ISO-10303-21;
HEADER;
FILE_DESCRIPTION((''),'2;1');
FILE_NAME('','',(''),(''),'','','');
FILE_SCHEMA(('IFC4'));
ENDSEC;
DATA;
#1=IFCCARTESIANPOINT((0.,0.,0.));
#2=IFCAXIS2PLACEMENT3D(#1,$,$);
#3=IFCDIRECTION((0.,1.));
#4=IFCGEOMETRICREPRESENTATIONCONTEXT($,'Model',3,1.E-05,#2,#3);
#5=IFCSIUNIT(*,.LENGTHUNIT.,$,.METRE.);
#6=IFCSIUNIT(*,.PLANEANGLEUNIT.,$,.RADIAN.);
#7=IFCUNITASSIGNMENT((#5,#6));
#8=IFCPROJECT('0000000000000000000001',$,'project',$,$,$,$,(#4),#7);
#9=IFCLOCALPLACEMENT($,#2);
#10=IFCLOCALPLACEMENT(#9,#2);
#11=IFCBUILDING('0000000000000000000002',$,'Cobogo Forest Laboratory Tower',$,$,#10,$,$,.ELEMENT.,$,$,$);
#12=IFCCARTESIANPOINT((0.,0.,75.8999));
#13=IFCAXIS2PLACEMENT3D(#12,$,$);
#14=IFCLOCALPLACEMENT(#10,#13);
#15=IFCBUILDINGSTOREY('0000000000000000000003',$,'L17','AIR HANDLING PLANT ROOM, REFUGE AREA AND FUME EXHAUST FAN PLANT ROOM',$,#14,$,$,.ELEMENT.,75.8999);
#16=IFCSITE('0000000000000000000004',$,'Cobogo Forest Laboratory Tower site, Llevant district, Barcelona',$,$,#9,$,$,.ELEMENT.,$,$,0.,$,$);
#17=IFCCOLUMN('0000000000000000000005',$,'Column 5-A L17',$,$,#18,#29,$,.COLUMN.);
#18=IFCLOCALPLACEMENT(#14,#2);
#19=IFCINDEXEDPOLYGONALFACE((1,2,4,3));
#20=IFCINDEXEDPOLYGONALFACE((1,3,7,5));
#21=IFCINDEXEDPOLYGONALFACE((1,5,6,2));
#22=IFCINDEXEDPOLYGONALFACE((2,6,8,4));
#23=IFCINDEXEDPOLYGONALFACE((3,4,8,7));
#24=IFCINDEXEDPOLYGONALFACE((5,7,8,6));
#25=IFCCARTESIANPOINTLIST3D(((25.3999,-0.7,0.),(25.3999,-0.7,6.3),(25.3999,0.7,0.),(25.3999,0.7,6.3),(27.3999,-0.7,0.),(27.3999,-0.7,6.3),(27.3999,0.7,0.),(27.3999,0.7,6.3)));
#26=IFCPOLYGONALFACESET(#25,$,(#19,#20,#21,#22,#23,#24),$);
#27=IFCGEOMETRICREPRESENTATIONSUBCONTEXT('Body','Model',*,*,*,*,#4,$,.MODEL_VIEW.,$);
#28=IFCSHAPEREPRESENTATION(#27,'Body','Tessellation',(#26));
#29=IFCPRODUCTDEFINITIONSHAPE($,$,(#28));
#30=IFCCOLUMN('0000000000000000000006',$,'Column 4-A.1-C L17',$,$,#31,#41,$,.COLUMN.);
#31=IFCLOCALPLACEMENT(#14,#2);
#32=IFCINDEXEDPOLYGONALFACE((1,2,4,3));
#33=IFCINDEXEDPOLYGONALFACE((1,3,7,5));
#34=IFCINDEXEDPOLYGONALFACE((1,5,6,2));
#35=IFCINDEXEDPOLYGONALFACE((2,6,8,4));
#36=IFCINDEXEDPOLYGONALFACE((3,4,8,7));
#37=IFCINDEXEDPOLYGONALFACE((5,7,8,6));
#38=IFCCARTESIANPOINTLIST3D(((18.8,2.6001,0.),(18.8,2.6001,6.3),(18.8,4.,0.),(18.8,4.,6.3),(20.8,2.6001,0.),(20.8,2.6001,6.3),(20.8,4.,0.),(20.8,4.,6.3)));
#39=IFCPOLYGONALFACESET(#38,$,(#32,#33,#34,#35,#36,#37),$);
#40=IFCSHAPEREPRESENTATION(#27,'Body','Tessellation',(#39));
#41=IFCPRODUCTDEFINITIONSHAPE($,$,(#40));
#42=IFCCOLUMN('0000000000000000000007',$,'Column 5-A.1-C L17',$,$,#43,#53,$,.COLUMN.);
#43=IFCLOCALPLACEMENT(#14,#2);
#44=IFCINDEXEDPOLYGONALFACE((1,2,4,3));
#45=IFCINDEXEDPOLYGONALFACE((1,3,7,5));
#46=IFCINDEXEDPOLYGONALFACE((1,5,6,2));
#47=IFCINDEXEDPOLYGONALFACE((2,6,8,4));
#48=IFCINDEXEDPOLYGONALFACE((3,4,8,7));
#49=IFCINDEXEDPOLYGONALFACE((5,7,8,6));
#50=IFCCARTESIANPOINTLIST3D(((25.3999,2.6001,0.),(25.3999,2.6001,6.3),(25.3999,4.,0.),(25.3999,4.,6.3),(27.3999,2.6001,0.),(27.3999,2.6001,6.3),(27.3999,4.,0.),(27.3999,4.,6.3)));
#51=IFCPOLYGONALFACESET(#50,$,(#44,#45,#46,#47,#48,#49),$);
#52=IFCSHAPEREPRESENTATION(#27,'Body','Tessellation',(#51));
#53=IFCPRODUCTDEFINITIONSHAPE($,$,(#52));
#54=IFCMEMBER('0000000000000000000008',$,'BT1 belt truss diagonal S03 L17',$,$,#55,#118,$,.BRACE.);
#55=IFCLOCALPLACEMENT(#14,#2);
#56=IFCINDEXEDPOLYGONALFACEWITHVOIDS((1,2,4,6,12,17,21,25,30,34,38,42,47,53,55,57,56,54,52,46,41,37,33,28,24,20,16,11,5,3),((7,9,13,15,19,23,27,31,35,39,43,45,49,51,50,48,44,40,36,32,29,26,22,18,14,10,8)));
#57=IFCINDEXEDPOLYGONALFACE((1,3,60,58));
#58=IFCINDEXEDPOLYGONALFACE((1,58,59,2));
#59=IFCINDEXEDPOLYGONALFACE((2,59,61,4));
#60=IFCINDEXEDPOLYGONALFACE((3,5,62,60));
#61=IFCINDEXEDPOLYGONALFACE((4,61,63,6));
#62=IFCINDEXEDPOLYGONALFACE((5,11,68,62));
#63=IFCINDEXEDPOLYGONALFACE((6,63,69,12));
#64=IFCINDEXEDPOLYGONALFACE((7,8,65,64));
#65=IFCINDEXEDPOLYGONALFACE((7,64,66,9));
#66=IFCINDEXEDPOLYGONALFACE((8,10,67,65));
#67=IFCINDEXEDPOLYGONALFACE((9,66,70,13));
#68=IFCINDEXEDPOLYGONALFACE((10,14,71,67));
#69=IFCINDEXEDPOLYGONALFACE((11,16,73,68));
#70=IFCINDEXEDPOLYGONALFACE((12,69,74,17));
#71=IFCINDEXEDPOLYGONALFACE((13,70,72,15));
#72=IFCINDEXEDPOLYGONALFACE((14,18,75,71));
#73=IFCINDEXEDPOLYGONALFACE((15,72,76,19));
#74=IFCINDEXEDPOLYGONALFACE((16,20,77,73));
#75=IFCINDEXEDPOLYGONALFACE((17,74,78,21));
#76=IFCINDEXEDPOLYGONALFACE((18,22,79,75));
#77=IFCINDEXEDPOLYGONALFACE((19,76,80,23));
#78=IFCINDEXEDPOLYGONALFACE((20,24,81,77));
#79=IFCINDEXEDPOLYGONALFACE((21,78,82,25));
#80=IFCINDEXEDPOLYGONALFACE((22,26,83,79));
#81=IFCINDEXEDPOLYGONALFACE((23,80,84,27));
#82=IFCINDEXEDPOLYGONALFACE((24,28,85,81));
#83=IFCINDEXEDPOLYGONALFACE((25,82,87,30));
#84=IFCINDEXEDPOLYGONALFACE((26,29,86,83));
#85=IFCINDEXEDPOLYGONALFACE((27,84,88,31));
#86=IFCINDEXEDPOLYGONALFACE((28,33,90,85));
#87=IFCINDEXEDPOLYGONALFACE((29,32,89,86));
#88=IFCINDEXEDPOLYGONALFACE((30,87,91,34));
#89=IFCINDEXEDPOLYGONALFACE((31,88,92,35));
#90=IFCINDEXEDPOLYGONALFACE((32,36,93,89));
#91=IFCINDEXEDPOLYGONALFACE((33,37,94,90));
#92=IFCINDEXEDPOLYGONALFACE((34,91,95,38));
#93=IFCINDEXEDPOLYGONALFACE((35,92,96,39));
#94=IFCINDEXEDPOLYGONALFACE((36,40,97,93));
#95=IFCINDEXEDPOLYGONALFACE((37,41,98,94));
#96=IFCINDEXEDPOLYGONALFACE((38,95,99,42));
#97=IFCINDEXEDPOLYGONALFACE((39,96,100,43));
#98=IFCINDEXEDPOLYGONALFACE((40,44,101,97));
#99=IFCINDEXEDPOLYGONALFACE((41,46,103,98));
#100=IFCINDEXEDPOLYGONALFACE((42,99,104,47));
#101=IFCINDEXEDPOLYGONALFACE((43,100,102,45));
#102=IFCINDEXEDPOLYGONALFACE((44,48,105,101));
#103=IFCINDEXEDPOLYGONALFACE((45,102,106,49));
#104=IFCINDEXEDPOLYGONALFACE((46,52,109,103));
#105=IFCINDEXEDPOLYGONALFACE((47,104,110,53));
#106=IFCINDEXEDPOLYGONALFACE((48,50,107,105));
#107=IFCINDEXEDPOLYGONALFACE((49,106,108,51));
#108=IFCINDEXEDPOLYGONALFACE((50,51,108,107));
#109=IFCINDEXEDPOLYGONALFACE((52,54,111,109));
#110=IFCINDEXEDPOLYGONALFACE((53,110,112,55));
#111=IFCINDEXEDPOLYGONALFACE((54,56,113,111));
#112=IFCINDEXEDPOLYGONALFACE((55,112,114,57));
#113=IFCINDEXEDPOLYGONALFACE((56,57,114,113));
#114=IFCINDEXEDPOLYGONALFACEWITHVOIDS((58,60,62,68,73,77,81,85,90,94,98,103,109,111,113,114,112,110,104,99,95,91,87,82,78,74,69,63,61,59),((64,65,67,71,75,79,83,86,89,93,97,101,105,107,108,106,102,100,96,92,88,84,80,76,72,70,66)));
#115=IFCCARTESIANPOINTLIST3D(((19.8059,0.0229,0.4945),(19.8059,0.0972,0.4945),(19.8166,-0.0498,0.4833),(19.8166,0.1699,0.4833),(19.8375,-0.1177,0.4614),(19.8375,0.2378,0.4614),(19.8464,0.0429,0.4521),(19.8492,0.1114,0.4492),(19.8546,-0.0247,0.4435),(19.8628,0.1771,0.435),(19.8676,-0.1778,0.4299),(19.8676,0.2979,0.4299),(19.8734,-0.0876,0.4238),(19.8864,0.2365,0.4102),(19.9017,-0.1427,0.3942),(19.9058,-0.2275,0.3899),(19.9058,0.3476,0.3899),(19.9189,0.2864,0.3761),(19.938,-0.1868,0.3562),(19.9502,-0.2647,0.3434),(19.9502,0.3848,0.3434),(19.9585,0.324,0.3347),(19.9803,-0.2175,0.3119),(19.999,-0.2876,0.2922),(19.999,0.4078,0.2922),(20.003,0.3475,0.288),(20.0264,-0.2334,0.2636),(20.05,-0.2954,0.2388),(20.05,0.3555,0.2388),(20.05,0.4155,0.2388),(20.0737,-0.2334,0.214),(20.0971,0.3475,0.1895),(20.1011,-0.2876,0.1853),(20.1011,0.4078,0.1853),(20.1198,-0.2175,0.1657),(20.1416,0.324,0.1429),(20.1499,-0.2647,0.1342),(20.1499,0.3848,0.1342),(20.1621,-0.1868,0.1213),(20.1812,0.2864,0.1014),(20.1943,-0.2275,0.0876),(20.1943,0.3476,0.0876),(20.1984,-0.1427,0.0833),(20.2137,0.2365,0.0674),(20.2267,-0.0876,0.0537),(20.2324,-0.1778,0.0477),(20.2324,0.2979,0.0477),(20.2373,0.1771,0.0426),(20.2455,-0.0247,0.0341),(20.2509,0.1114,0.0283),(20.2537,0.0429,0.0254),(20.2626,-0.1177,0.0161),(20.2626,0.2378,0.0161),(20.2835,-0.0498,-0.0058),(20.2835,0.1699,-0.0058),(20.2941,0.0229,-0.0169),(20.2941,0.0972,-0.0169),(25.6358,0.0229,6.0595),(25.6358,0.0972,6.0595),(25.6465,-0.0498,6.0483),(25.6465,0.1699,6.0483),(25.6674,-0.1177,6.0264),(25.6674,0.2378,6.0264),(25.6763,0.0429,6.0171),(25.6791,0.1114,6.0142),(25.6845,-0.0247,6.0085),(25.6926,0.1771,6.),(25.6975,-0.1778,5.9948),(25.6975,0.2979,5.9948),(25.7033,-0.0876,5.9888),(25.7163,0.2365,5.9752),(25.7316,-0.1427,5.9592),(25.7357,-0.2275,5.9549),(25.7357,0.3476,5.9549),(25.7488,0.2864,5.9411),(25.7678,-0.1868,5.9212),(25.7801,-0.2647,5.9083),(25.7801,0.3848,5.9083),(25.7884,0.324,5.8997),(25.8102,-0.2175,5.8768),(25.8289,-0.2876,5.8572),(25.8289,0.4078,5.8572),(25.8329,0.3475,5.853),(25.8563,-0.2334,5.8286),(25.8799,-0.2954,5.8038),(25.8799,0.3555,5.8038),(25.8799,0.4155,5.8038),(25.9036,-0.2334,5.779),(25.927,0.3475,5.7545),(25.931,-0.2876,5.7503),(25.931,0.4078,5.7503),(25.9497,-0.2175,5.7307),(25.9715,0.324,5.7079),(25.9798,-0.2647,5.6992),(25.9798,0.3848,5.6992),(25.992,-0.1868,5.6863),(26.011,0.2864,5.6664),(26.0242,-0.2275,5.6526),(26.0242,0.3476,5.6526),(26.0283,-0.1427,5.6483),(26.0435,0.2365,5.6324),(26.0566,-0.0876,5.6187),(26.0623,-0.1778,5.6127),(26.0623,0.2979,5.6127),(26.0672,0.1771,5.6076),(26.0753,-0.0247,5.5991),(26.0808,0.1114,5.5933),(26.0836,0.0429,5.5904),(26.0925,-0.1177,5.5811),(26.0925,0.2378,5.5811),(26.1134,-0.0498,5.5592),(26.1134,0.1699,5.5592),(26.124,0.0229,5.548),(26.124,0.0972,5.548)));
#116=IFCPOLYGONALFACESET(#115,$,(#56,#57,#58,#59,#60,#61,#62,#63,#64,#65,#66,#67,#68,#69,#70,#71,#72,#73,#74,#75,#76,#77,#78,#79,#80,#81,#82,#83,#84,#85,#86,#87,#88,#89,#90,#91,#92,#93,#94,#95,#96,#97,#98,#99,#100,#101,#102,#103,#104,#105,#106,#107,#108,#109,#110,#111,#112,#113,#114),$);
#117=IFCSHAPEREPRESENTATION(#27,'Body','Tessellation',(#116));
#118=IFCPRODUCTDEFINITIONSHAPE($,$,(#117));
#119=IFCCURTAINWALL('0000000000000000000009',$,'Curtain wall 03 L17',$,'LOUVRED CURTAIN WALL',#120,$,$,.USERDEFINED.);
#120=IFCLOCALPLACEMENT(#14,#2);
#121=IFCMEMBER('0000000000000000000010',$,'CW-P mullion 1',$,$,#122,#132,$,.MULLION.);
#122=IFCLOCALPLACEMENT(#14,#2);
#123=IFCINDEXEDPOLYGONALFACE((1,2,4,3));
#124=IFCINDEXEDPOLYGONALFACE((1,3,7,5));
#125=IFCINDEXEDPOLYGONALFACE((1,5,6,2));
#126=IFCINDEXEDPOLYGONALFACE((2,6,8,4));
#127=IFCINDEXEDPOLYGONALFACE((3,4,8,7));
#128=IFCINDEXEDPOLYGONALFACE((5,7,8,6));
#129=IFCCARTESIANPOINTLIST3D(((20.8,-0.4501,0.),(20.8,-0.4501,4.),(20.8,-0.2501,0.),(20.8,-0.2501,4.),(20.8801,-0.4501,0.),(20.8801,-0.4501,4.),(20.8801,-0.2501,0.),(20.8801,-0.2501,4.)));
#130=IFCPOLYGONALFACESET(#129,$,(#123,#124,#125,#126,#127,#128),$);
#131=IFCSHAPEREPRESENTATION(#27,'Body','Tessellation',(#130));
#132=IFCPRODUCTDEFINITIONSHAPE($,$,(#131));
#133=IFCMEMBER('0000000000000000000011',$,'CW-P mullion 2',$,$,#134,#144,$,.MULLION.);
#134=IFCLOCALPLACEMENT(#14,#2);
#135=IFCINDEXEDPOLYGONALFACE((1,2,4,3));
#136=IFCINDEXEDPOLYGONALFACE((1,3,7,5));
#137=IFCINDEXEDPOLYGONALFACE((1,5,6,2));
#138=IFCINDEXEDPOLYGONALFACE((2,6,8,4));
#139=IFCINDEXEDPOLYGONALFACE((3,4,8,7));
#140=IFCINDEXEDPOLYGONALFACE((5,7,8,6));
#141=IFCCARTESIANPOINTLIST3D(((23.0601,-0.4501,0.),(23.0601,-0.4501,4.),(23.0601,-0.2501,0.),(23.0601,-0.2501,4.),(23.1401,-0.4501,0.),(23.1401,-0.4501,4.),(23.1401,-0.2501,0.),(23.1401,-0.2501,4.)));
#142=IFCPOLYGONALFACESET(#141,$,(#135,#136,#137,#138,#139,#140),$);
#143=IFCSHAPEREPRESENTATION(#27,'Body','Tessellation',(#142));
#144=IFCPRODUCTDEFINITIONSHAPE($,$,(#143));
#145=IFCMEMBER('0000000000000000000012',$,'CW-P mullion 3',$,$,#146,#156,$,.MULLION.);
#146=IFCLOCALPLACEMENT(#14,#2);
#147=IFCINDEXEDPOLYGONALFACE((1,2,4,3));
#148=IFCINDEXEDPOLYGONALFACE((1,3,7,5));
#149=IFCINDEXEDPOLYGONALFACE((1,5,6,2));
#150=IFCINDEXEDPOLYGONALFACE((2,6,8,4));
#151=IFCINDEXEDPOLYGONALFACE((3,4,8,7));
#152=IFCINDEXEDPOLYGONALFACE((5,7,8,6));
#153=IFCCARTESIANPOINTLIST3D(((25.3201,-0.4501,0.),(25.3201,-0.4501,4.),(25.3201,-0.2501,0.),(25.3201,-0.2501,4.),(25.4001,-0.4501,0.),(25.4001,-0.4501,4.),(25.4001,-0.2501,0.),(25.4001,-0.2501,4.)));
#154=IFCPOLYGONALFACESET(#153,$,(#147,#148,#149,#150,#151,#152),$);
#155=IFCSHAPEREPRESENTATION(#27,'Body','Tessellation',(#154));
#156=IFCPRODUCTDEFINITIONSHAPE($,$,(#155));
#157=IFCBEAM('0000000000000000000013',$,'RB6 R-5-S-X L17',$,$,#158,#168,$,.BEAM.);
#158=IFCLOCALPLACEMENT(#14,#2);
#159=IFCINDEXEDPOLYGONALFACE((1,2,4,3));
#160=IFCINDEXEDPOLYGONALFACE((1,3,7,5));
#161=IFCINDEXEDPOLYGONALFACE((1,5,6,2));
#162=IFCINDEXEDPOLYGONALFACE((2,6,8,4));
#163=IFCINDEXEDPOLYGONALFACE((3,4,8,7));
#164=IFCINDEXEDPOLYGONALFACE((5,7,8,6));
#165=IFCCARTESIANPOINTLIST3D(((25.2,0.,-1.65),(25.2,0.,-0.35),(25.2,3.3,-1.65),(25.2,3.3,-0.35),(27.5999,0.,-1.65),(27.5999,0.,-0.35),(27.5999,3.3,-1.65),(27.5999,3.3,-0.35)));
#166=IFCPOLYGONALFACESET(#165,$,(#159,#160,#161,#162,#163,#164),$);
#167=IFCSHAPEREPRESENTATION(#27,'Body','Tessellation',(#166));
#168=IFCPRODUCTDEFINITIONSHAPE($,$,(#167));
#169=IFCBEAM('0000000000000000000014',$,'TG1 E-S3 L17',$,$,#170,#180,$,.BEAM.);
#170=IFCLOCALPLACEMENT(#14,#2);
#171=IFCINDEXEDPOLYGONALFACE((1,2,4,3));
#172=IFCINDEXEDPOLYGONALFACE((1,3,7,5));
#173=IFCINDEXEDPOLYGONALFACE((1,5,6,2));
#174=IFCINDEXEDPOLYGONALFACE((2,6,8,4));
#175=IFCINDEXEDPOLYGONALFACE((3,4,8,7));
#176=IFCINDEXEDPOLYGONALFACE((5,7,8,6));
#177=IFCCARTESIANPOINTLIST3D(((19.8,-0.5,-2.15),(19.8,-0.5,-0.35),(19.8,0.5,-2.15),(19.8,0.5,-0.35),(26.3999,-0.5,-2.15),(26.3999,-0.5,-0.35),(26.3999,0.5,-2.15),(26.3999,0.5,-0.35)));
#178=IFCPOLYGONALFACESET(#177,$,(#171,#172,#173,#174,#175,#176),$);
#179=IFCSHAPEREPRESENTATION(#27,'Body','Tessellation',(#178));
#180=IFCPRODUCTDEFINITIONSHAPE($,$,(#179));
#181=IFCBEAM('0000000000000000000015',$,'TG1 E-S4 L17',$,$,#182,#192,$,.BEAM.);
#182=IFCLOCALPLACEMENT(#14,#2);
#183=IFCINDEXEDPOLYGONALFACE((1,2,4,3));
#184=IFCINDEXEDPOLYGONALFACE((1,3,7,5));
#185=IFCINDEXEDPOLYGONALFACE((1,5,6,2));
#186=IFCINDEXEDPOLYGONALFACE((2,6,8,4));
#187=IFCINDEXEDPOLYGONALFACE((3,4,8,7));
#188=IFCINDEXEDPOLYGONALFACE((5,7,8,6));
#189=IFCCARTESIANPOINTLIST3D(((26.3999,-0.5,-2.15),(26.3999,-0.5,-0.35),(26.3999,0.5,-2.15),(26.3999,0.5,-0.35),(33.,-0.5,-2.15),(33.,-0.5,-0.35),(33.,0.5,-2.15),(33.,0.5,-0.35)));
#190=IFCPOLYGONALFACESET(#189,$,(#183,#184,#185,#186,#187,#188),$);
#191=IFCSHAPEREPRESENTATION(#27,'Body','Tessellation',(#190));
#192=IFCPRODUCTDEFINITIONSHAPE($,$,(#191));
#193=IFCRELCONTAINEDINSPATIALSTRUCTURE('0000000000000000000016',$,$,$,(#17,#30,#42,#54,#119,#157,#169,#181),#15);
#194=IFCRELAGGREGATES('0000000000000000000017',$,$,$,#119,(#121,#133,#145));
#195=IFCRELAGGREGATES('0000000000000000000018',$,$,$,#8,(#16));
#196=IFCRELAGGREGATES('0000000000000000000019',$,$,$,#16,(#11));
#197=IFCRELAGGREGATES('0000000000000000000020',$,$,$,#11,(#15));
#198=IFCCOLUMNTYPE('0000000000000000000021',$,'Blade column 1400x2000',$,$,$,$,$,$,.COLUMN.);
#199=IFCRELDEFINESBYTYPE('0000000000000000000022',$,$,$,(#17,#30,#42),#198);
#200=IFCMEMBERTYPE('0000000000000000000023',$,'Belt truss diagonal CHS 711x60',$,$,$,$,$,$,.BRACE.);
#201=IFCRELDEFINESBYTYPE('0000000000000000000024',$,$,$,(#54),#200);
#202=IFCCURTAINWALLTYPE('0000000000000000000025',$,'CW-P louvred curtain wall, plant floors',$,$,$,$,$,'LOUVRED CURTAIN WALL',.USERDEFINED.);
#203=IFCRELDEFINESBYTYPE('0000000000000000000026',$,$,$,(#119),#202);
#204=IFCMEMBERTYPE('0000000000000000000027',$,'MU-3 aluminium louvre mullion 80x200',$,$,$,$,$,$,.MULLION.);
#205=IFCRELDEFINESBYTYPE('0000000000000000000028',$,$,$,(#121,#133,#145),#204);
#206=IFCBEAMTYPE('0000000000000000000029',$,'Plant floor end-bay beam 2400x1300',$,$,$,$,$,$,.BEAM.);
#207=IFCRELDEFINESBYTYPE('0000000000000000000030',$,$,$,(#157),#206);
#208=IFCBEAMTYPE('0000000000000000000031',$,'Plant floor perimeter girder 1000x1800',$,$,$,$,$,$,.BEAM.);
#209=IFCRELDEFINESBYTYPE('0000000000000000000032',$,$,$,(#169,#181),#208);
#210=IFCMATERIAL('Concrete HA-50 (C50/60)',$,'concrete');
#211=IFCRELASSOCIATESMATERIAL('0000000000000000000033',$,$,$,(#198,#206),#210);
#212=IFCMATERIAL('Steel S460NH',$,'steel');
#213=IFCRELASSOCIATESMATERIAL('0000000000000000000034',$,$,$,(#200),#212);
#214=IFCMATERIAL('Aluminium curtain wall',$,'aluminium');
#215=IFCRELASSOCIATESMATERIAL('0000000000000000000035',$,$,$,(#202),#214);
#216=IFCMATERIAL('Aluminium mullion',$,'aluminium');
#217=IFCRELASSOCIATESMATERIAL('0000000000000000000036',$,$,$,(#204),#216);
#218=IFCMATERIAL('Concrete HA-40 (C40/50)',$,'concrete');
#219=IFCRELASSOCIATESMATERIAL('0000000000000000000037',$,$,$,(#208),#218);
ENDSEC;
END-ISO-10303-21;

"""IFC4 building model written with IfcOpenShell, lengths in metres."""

from ifc_helpers import new_model, si_unit, direction, frame, origin, origin_2d, place, context, subcontext, project, spatial, rectangle, hollow_circle, extrude, material, material_profile, profile_set, type_object, element, aggregate, save


model = new_model("IFC4")

# Units and contexts
model_context = context("Model", 3, precision=1e-05, world=origin(), true_north=direction((0.0, 1.0)))
body_context = subcontext(model_context, "Body", "Model", "MODEL_VIEW")
ifc_project = project(units=[si_unit("LENGTHUNIT", "METRE"), si_unit("PLANEANGLEUNIT", "RADIAN")], contexts=[model_context])

# Site, building, storey
site_placement = place(None, origin())
site = spatial("IfcSite", under=ifc_project, at=site_placement, Name="Cobogo Forest Laboratory Tower site, Llevant district, Barcelona", CompositionType="ELEMENT", RefElevation=0.0)
building_placement = place(site_placement, origin())
building = spatial("IfcBuilding", under=site, at=building_placement, Name="Cobogo Forest Laboratory Tower", CompositionType="ELEMENT")
storey_placement = place(building_placement, frame((0.0, 0.0, 75.8999)))
storey = spatial("IfcBuildingStorey", under=building, at=storey_placement, Name="L17", Description="AIR HANDLING PLANT ROOM, REFUGE AREA AND FUME EXHAUST FAN PLANT ROOM", CompositionType="ELEMENT", Elevation=75.8999)

# Columns
ifc_material_1 = material(Name="Concrete HA-50 (C50/60)", Category="concrete")
ifc_material_profile_1 = material_profile(ifc_material_1, rectangle(XDim=2.0, YDim=1.3999, at=origin_2d()), Name="RC 1400x2000")
ifc_profile_set_1 = profile_set([ifc_material_profile_1], Name="Concrete HA-50 (C50/60)")
column_type = type_object("IfcColumnType", Name="Blade column 1400x2000", PredefinedType="COLUMN", material=ifc_profile_set_1)
for number, where, z_axis, x_axis, name in (
    (1, (26.3999, 0.0, 0.0), (0.0, 0.0, 1.0), (1.0, 0.0, 0.0), "Column 5-A L17"),
    (2, (19.8, 3.3, 0.0), (0.0, 0.0, 1.0), (1.0, 0.0, 0.0), "Column 4-A.1-C L17"),
    (3, (26.3999, 3.3, 0.0), (0.0, 0.0, 1.0), (1.0, 0.0, 0.0), "Column 5-A.1-C L17"),
):
    element("IfcColumn", number, at=place(storey_placement, frame(where, z_axis=z_axis, x_axis=x_axis)), inside=storey, type_object=column_type, Name=name, PredefinedType="COLUMN", context=body_context, shape_type="SweptSolid", body=[
        extrude(rectangle(XDim=2.0, YDim=1.3999, at=origin_2d()), origin(), (0.0, 0.0, 1.0), 6.3),
    ])

# Member
ifc_material_2 = material(Name="Steel S460NH", Category="steel")
ifc_material_profile_2 = material_profile(ifc_material_2, hollow_circle(Radius=0.3555, WallThickness=0.0601, at=origin_2d()), Name="CHS 711x60")
ifc_profile_set_2 = profile_set([ifc_material_profile_2], Name="Steel S460NH")
member_type_1 = type_object("IfcMemberType", Name="Belt truss diagonal CHS 711x60", PredefinedType="BRACE", material=ifc_profile_set_2)
member_1_placement = place(storey_placement, frame((20.05, 0.0601, 0.2388), z_axis=(0.723349, 0.0, 0.690482), x_axis=(0.0, 1.0, 0.0)))
element("IfcMember", 4, at=member_1_placement, inside=storey, type_object=member_type_1, Name="BT1 belt truss diagonal S03 L17", PredefinedType="BRACE", context=body_context, shape_type="SweptSolid", body=[
    extrude(hollow_circle(Radius=0.3555, WallThickness=0.0601, at=origin_2d()), origin(), (0.0, 0.0, 1.0), 8.0596),
])

# Curtain wall, members
ifc_material_3 = material(Name="Aluminium curtain wall", Category="aluminium")
curtain_wall_type = type_object("IfcCurtainWallType", Name="CW-P louvred curtain wall, plant floors", ElementType="LOUVRED CURTAIN WALL", PredefinedType="USERDEFINED", material=ifc_material_3)
curtain_wall_placement = place(storey_placement, origin())
curtain_wall = element("IfcCurtainWall", 5, at=curtain_wall_placement, inside=storey, type_object=curtain_wall_type, Name="Curtain wall 03 L17", ObjectType="LOUVRED CURTAIN WALL", PredefinedType="USERDEFINED")
ifc_material_4 = material(Name="Aluminium mullion", Category="aluminium")
ifc_material_profile_3 = material_profile(ifc_material_4, rectangle(XDim=0.0801, YDim=0.2, at=origin_2d()), Name="AL 80x200")
ifc_profile_set_3 = profile_set([ifc_material_profile_3], Name="Aluminium mullion")
member_type_2 = type_object("IfcMemberType", Name="MU-3 aluminium louvre mullion 80x200", PredefinedType="MULLION", material=ifc_profile_set_3)
member_2_placement = place(storey_placement, frame((20.8401, -0.3501, 0.0), z_axis=(0.0, 0.0, 1.0), x_axis=(1.0, 0.0, 0.0)))
member_2 = element("IfcMember", 6, at=member_2_placement, type_object=member_type_2, Name="CW-P mullion 1", PredefinedType="MULLION", context=body_context, shape_type="SweptSolid", body=[
    extrude(rectangle(XDim=0.0801, YDim=0.2, at=origin_2d()), origin(), (0.0, 0.0, 1.0), 4.0),
])
member_3_placement = place(storey_placement, frame((23.1001, -0.3501, 0.0), z_axis=(0.0, 0.0, 1.0), x_axis=(1.0, 0.0, 0.0)))
member_3 = element("IfcMember", 7, at=member_3_placement, type_object=member_type_2, Name="CW-P mullion 2", PredefinedType="MULLION", context=body_context, shape_type="SweptSolid", body=[
    extrude(rectangle(XDim=0.0801, YDim=0.2, at=origin_2d()), origin(), (0.0, 0.0, 1.0), 4.0),
])
member_4_placement = place(storey_placement, frame((25.3601, -0.3501, 0.0), z_axis=(0.0, 0.0, 1.0), x_axis=(1.0, 0.0, 0.0)))
member_4 = element("IfcMember", 8, at=member_4_placement, type_object=member_type_2, Name="CW-P mullion 3", PredefinedType="MULLION", context=body_context, shape_type="SweptSolid", body=[
    extrude(rectangle(XDim=0.0801, YDim=0.2, at=origin_2d()), origin(), (0.0, 0.0, 1.0), 4.0),
])

# Beams
ifc_material_profile_4 = material_profile(ifc_material_1, rectangle(XDim=2.3999, YDim=1.3, at=origin_2d()), Name="RC 2400x1300")
ifc_profile_set_4 = profile_set([ifc_material_profile_4], Name="Concrete HA-50 (C50/60)")
beam_type_1 = type_object("IfcBeamType", Name="Plant floor end-bay beam 2400x1300", PredefinedType="BEAM", material=ifc_profile_set_4)
beam_1_placement = place(storey_placement, frame((26.3999, 0.0, -1.0), z_axis=(0.0, 1.0, 0.0), x_axis=(-1.0, 0.0, 0.0)))
element("IfcBeam", 9, at=beam_1_placement, inside=storey, type_object=beam_type_1, Name="RB6 R-5-S-X L17", PredefinedType="BEAM", context=body_context, shape_type="SweptSolid", body=[
    extrude(rectangle(XDim=2.3999, YDim=1.3, at=origin_2d()), origin(), (0.0, 0.0, 1.0), 3.3),
])
ifc_material_5 = material(Name="Concrete HA-40 (C40/50)", Category="concrete")
ifc_material_profile_5 = material_profile(ifc_material_5, rectangle(XDim=1.0, YDim=1.8, at=origin_2d()), Name="RC 1000x1800")
ifc_profile_set_5 = profile_set([ifc_material_profile_5], Name="Concrete HA-40 (C40/50)")
beam_type_2 = type_object("IfcBeamType", Name="Plant floor perimeter girder 1000x1800", PredefinedType="BEAM", material=ifc_profile_set_5)
beam_2_placement = place(storey_placement, frame((19.8, 0.0, -1.25), z_axis=(1.0, 0.0, 0.0), x_axis=(0.0, 1.0, 0.0)))
element("IfcBeam", 10, at=beam_2_placement, inside=storey, type_object=beam_type_2, Name="TG1 E-S3 L17", PredefinedType="BEAM", context=body_context, shape_type="SweptSolid", body=[
    extrude(rectangle(XDim=1.0, YDim=1.8, at=origin_2d()), origin(), (0.0, 0.0, 1.0), 6.5999),
])
beam_3_placement = place(storey_placement, frame((26.3999, 0.0, -1.25), z_axis=(1.0, 0.0, 0.0), x_axis=(0.0, 1.0, 0.0)))
element("IfcBeam", 11, at=beam_3_placement, inside=storey, type_object=beam_type_2, Name="TG1 E-S4 L17", PredefinedType="BEAM", context=body_context, shape_type="SweptSolid", body=[
    extrude(rectangle(XDim=1.0, YDim=1.8, at=origin_2d()), origin(), (0.0, 0.0, 1.0), 6.6001),
])

aggregate(curtain_wall, [member_2, member_3, member_4])

save(model, "model.ifc")
